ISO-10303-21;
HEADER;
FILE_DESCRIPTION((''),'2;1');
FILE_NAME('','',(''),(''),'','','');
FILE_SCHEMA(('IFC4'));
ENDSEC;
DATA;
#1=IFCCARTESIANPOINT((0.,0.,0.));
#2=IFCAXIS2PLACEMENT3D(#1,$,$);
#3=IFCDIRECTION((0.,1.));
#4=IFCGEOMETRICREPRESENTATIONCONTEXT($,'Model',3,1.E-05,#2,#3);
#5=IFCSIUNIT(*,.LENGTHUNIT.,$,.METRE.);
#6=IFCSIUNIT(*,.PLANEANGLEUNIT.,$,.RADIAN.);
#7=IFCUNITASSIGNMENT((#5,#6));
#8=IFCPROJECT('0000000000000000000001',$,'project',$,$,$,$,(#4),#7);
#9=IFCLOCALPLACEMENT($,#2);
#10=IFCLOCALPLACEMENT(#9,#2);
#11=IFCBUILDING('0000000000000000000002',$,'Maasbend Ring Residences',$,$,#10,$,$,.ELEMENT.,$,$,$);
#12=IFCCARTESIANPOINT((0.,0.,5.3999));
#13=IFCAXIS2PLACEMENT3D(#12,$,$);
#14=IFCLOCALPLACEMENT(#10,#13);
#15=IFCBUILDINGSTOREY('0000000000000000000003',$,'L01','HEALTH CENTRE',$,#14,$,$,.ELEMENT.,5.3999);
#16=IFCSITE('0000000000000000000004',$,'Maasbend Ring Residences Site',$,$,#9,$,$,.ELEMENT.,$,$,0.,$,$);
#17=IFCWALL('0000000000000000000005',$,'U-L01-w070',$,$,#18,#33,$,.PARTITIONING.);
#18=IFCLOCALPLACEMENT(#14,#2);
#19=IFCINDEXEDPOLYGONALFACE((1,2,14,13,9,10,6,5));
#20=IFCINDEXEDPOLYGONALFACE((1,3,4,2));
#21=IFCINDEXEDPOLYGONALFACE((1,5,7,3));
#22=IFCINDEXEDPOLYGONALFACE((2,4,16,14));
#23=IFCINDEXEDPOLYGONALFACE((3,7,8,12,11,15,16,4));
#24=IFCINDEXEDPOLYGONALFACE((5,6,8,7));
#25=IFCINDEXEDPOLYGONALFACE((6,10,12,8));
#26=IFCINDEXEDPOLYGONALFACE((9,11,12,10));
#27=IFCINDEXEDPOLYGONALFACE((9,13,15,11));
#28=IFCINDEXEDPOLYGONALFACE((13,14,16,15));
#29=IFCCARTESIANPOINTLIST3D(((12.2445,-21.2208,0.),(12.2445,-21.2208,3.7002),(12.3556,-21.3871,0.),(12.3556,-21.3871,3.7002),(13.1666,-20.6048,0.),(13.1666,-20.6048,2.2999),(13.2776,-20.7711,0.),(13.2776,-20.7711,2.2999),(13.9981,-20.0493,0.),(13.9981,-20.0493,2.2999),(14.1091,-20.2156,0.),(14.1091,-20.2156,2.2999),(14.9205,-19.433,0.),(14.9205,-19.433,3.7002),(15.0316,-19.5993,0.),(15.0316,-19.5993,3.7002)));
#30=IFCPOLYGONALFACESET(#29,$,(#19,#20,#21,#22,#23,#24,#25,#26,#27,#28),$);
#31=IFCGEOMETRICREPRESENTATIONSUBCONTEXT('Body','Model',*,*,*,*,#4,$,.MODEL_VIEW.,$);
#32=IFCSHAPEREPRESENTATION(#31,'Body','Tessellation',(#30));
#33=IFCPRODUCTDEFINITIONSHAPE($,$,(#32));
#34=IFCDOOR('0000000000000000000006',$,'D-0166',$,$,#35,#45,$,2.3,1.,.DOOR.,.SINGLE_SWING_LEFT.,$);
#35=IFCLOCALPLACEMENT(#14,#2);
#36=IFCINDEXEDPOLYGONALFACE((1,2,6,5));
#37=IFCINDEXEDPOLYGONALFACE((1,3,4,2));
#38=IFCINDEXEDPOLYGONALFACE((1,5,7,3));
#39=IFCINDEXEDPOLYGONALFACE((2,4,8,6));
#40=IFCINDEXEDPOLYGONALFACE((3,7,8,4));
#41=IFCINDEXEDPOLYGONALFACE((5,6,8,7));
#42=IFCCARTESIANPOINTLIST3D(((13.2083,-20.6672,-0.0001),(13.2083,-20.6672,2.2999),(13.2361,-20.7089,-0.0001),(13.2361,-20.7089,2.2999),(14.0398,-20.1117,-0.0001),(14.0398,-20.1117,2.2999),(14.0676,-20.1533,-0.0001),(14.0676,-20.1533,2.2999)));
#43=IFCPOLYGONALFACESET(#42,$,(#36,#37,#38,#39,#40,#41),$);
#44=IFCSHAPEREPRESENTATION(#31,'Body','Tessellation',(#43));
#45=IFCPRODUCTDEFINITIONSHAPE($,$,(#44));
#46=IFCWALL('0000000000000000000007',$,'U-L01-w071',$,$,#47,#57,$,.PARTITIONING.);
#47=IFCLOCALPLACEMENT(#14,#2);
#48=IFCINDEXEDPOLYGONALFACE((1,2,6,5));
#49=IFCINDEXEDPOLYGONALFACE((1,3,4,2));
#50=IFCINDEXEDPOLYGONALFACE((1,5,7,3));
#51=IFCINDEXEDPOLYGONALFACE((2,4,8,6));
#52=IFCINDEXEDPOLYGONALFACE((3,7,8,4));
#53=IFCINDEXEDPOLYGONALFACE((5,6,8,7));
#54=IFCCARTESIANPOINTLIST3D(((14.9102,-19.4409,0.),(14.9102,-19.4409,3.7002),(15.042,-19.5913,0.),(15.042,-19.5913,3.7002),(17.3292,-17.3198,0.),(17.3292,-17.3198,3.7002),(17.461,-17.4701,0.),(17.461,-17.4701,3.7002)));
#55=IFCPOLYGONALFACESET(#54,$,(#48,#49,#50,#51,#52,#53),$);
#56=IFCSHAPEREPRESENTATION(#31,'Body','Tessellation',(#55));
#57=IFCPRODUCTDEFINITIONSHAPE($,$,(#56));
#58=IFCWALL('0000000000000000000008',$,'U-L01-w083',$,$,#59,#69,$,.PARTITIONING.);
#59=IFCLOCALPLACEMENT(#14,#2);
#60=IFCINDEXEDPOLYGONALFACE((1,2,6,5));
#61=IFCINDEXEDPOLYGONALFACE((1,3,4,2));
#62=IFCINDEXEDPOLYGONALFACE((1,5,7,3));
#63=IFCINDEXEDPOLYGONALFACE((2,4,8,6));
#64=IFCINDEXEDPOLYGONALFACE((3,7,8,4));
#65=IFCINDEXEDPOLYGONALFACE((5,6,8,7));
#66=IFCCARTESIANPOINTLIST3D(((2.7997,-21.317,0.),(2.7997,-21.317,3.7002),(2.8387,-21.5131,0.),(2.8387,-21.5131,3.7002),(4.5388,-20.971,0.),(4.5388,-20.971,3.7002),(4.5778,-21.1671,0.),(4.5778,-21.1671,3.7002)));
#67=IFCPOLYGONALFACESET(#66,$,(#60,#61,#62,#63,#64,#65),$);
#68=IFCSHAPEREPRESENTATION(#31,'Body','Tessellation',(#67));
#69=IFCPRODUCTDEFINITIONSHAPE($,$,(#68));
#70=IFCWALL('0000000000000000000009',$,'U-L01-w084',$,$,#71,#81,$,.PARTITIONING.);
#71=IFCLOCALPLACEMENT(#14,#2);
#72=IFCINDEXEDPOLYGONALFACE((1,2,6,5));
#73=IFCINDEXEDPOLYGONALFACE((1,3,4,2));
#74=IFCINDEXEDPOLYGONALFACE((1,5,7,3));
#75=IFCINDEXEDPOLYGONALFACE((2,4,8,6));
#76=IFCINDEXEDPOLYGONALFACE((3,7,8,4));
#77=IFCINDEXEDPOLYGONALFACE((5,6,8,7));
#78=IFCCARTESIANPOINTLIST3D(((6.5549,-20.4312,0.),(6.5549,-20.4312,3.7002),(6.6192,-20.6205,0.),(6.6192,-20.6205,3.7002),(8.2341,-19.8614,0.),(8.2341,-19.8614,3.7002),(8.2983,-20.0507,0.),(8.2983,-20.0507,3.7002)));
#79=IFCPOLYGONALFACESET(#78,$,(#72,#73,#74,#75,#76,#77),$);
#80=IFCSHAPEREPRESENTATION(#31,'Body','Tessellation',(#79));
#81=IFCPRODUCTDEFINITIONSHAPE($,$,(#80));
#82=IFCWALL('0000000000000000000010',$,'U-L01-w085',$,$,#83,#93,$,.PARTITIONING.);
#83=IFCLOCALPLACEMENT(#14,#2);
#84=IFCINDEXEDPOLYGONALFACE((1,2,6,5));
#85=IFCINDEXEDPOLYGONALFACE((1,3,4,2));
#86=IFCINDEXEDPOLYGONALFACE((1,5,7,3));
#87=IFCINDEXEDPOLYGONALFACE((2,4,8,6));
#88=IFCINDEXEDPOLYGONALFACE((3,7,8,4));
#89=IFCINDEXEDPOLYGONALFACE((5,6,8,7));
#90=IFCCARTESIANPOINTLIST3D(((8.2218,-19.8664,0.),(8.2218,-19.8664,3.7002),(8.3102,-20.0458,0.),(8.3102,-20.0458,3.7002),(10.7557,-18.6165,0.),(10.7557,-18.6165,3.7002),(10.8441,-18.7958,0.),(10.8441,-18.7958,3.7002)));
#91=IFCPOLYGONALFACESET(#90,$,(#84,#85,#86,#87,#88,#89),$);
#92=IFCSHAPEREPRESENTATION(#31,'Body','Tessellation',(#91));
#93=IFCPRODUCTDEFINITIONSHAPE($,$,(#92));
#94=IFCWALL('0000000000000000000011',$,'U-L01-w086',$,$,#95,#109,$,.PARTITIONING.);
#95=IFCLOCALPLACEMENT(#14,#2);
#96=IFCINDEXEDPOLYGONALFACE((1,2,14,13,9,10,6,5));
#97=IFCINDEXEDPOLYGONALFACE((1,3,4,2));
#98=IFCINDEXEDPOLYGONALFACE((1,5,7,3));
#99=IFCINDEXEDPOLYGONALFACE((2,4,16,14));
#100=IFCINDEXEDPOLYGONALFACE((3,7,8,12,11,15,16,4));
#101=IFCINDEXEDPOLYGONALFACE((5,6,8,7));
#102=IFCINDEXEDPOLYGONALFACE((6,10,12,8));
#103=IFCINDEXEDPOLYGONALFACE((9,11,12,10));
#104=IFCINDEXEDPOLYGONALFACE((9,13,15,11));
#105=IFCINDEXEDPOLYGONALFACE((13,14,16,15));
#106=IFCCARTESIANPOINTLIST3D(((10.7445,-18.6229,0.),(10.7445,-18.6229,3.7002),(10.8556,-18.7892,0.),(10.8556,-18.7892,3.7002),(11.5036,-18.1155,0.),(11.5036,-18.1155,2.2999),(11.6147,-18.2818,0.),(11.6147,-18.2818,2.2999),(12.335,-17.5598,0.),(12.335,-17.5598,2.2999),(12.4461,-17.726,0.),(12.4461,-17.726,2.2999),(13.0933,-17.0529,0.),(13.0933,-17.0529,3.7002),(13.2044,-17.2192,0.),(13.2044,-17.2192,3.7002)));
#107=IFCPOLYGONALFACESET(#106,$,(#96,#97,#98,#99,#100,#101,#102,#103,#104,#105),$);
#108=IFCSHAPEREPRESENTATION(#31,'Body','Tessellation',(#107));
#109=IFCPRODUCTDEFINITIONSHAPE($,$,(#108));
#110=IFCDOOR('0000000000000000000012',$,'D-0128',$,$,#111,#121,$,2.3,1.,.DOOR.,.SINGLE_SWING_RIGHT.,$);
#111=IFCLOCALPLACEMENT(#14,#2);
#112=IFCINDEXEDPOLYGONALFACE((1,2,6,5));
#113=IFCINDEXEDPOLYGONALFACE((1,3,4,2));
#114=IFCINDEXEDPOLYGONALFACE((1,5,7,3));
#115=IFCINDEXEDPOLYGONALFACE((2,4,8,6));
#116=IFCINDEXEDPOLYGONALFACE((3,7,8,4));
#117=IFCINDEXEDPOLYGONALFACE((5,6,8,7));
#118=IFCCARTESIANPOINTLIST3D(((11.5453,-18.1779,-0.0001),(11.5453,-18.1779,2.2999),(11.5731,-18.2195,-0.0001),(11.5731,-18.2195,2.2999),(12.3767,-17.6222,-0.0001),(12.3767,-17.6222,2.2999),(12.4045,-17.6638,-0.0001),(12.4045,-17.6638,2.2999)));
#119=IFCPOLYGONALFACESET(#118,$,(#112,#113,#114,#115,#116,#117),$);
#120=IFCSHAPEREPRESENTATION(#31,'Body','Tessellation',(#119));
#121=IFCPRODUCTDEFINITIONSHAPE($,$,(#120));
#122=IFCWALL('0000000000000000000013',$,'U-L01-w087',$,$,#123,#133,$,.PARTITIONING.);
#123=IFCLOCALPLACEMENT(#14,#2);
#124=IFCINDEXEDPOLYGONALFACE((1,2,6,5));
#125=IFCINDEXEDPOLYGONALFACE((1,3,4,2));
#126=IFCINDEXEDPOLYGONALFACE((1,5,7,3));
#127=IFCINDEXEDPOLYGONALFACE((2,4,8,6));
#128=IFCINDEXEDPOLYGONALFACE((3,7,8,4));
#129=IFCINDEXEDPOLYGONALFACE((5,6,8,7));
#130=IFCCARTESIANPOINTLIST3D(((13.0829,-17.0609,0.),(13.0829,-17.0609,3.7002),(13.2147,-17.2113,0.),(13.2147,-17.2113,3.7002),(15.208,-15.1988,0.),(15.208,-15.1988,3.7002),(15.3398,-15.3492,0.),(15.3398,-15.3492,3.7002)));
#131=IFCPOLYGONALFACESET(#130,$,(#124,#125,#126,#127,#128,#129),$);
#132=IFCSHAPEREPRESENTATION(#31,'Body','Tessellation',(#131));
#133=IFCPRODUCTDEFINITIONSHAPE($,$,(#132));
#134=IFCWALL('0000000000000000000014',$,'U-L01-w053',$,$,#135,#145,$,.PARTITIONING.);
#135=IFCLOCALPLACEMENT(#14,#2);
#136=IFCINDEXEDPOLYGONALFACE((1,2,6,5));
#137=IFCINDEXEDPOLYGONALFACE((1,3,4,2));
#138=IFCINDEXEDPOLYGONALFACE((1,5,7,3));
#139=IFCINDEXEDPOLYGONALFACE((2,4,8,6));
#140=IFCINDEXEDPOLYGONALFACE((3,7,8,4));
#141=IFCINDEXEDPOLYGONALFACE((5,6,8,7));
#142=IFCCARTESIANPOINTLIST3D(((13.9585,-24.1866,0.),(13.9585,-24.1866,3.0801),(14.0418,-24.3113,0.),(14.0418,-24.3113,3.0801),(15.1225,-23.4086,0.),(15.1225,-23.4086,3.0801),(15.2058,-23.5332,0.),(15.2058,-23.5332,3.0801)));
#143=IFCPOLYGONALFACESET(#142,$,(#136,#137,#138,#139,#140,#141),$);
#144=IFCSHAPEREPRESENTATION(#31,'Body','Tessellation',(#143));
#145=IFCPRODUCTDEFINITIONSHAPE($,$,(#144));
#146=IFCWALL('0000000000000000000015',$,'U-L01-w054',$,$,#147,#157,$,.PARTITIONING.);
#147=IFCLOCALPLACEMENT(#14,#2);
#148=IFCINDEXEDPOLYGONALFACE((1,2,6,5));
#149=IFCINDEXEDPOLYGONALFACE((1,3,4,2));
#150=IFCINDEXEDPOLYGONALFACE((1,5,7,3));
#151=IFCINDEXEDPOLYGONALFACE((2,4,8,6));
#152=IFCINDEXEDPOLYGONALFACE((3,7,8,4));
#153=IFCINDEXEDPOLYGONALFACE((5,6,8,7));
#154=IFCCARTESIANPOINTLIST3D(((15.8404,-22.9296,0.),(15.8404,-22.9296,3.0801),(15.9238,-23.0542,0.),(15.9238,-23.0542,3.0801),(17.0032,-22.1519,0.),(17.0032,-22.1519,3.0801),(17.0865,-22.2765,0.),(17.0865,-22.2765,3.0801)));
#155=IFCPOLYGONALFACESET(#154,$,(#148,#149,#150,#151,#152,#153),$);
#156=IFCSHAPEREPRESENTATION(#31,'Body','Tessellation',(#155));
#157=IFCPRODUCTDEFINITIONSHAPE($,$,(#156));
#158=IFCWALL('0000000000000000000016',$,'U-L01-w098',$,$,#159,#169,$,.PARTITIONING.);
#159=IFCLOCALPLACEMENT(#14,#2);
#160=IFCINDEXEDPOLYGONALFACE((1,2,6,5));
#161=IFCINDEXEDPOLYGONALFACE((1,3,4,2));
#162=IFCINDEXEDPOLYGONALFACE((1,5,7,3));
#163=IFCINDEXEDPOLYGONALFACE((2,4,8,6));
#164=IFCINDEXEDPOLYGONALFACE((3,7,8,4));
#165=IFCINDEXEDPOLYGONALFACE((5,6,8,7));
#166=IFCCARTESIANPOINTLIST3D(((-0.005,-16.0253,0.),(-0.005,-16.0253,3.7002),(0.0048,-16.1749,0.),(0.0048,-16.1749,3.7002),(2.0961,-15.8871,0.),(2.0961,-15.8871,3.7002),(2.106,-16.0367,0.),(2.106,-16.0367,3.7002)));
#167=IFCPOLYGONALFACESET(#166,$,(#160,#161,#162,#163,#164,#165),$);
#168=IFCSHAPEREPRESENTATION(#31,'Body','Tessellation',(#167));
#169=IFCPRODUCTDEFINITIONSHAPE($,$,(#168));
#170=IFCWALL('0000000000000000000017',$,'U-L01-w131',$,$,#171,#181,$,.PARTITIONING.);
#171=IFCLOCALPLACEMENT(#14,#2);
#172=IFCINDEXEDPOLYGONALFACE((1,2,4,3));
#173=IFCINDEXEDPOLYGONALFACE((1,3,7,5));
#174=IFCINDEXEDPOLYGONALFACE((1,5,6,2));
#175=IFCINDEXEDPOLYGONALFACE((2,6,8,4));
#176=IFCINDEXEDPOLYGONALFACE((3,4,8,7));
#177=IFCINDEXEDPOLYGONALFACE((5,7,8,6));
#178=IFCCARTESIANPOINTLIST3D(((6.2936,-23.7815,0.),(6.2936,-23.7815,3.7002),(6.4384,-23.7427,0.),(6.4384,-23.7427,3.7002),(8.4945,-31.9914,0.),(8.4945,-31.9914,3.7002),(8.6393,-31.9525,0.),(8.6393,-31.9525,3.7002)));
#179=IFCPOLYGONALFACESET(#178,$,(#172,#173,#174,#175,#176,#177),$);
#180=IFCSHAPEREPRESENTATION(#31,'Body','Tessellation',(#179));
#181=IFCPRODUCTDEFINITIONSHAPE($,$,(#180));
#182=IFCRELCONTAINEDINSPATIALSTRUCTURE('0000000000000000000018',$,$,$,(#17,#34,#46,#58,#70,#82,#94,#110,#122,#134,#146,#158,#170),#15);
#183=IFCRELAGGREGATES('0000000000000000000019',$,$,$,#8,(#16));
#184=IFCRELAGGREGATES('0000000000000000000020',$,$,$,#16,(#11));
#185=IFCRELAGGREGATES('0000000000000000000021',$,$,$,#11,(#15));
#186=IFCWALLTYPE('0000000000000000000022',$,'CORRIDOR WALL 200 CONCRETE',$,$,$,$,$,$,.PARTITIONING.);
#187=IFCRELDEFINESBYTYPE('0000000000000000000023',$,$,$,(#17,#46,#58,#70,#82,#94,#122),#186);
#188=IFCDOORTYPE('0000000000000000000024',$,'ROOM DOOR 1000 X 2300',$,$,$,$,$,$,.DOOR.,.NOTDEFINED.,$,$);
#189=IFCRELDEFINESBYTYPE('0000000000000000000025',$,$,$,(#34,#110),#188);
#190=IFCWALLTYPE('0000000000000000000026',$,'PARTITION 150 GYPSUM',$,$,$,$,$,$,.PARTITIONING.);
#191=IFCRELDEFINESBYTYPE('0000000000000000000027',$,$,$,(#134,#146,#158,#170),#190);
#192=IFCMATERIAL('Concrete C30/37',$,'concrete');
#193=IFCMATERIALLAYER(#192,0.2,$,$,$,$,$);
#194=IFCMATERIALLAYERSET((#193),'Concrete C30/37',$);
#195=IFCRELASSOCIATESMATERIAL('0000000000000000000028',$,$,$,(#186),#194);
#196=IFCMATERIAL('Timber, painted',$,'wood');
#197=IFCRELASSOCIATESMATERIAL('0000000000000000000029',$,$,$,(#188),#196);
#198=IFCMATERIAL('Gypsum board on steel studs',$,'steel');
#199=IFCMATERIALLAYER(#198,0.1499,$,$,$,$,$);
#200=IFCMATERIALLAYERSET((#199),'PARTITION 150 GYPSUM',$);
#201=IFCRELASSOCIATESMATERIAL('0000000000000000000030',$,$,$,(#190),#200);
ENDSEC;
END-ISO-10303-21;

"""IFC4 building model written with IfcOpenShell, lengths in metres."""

from ifc_helpers import new_model, si_unit, direction, frame, frame_2d, origin, place, context, subcontext, project, spatial, rectangle, extrude, material, layer, layer_set, type_object, element, fill, save


model = new_model("IFC4")

# Units and contexts
model_context = context("Model", 3, precision=1e-05, world=origin(), true_north=direction((0.0, 1.0)))
body_context = subcontext(model_context, "Body", "Model", "MODEL_VIEW")
ifc_project = project(units=[si_unit("LENGTHUNIT", "METRE"), si_unit("PLANEANGLEUNIT", "RADIAN")], contexts=[model_context])

# Site, building, storey
site_placement = place(None, origin())
site = spatial("IfcSite", under=ifc_project, at=site_placement, Name="Maasbend Ring Residences Site", CompositionType="ELEMENT", RefElevation=0.0)
building_placement = place(site_placement, origin())
building = spatial("IfcBuilding", under=site, at=building_placement, Name="Maasbend Ring Residences", CompositionType="ELEMENT")
storey_placement = place(building_placement, frame((0.0, 0.0, 5.3999)))
storey = spatial("IfcBuildingStorey", under=building, at=storey_placement, Name="L01", Description="HEALTH CENTRE", CompositionType="ELEMENT", Elevation=5.3999)

# Shared definitions
ifc_material_1 = material(Name="Concrete C30/37", Category="concrete")
ifc_layer_1 = layer(ifc_material_1, 0.2)
ifc_layer_set_1 = layer_set([ifc_layer_1], Name="Concrete C30/37")
wall_type_1 = type_object("IfcWallType", Name="CORRIDOR WALL 200 CONCRETE", PredefinedType="PARTITIONING", material=ifc_layer_set_1)
ifc_material_2 = material(Name="Timber, painted", Category="wood")
door_type = type_object("IfcDoorType", Name="ROOM DOOR 1000 X 2300", OperationType="NOTDEFINED", PredefinedType="DOOR", material=ifc_material_2)

# Wall, opening, door
wall_1_placement = place(storey_placement, frame((12.3, -21.304, 0.0), z_axis=(0.0, 0.0, 1.0), x_axis=(0.831501, 0.555523, 0.0)))
wall_1 = element("IfcWall", 1, at=wall_1_placement, inside=storey, type_object=wall_type_1, Name="U-L01-w070", PredefinedType="PARTITIONING", context=body_context, shape_type="SweptSolid", body=[
    extrude(rectangle(XDim=3.2183, YDim=0.2, at=frame_2d((1.6091, 0.0))), origin(), (0.0, 0.0, 1.0), 3.7002),
])
opening_1_placement = place(wall_1_placement, frame((1.1089, 0.0, 0.0)))
opening_1 = element("IfcOpeningElement", 2, at=opening_1_placement, cuts=wall_1, PredefinedType="OPENING", context=body_context, shape_type="SweptSolid", body=[
    extrude(rectangle(XDim=1.0, YDim=2.3, at=frame_2d((0.5, 1.1499))), frame((0.0, 0.1099, 0.0), z_axis=(0.0, -1.0, 0.0), x_axis=(1.0, 0.0, 0.0)), (0.0, 0.0, 1.0), 0.22),
])
door_1_placement = place(opening_1_placement, origin())
door_1 = element("IfcDoor", 3, at=door_1_placement, inside=storey, type_object=door_type, Name="D-0166", OperationType="SINGLE_SWING_LEFT", OverallHeight=2.3, OverallWidth=1.0, PredefinedType="DOOR", context=body_context, shape_type="SweptSolid", body=[
    extrude(rectangle(XDim=1.0, YDim=2.3, at=frame_2d((0.5, 1.1499))), frame((0.0, 0.0249, 0.0), z_axis=(0.0, -1.0, 0.0), x_axis=(1.0, 0.0, 0.0)), (0.0, 0.0, 1.0), 0.05),
])
fill(opening_1, door_1)

# Walls
wall_2_placement = place(storey_placement, frame((14.9761, -19.5161, 0.0), z_axis=(0.0, 0.0, 1.0), x_axis=(0.751881, 0.659299, 0.0)))
element("IfcWall", 4, at=wall_2_placement, inside=storey, type_object=wall_type_1, Name="U-L01-w071", PredefinedType="PARTITIONING", context=body_context, shape_type="SweptSolid", body=[
    extrude(rectangle(XDim=3.2173, YDim=0.2, at=frame_2d((1.6086, 0.0))), origin(), (0.0, 0.0, 1.0), 3.7002),
])
for number, where, z_axis, x_axis, name in (
    (5, (2.8191, -21.415, 0.0), (0.0, 0.0, 1.0), (0.980781, 0.19511, 0.0), "U-L01-w083"),
    (6, (6.5869, -20.5259, 0.0), (0.0, 0.0, 1.0), (0.946962, 0.321345, 0.0), "U-L01-w084"),
):
    element("IfcWall", number, at=place(storey_placement, frame(where, z_axis=z_axis, x_axis=x_axis)), inside=storey, type_object=wall_type_1, Name=name, PredefinedType="PARTITIONING", context=body_context, shape_type="SweptSolid", body=[
        extrude(rectangle(XDim=1.7732, YDim=0.2, at=frame_2d((0.8867, 0.0))), origin(), (0.0, 0.0, 1.0), 3.7002),
    ])
wall_3_placement = place(storey_placement, frame((8.2661, -19.9561, 0.0), z_axis=(0.0, 0.0, 1.0), x_axis=(0.896816, 0.442403, 0.0)))
element("IfcWall", 7, at=wall_3_placement, inside=storey, type_object=wall_type_1, Name="U-L01-w085", PredefinedType="PARTITIONING", context=body_context, shape_type="SweptSolid", body=[
    extrude(rectangle(XDim=2.8254, YDim=0.2, at=frame_2d((1.4126, 0.0))), origin(), (0.0, 0.0, 1.0), 3.7002),
])

# Wall, opening, door
wall_4_placement = place(storey_placement, frame((10.8, -18.7061, 0.0), z_axis=(0.0, 0.0, 1.0), x_axis=(0.831372, 0.555717, 0.0)))
wall_4 = element("IfcWall", 8, at=wall_4_placement, inside=storey, type_object=wall_type_1, Name="U-L01-w086", PredefinedType="PARTITIONING", context=body_context, shape_type="SweptSolid", body=[
    extrude(rectangle(XDim=2.8252, YDim=0.2, at=frame_2d((1.4126, 0.0))), origin(), (0.0, 0.0, 1.0), 3.7002),
])
opening_2_placement = place(wall_4_placement, frame((0.9131, 0.0, 0.0)))
opening_2 = element("IfcOpeningElement", 9, at=opening_2_placement, cuts=wall_4, PredefinedType="OPENING", context=body_context, shape_type="SweptSolid", body=[
    extrude(rectangle(XDim=1.0, YDim=2.3, at=frame_2d((0.5, 1.1499))), frame((0.0, 0.1099, 0.0), z_axis=(0.0, -1.0, 0.0), x_axis=(1.0, 0.0, 0.0)), (0.0, 0.0, 1.0), 0.22),
])
door_2_placement = place(opening_2_placement, origin())
door_2 = element("IfcDoor", 10, at=door_2_placement, inside=storey, type_object=door_type, Name="D-0128", OperationType="SINGLE_SWING_RIGHT", OverallHeight=2.3, OverallWidth=1.0, PredefinedType="DOOR", context=body_context, shape_type="SweptSolid", body=[
    extrude(rectangle(XDim=1.0, YDim=2.3, at=frame_2d((0.5, 1.1499))), frame((0.0, 0.0249, 0.0), z_axis=(0.0, -1.0, 0.0), x_axis=(1.0, 0.0, 0.0)), (0.0, 0.0, 1.0), 0.05),
])
fill(opening_2, door_2)

# Walls
wall_5_placement = place(storey_placement, frame((13.1489, -17.136, 0.0), z_axis=(0.0, 0.0, 1.0), x_axis=(0.752105, 0.659043, 0.0)))
element("IfcWall", 11, at=wall_5_placement, inside=storey, type_object=wall_type_1, Name="U-L01-w087", PredefinedType="PARTITIONING", context=body_context, shape_type="SweptSolid", body=[
    extrude(rectangle(XDim=2.8254, YDim=0.2, at=frame_2d((1.4126, 0.0))), origin(), (0.0, 0.0, 1.0), 3.7002),
])
ifc_material_3 = material(Name="Gypsum board on steel studs", Category="steel")
ifc_layer_2 = layer(ifc_material_3, 0.1499)
ifc_layer_set_2 = layer_set([ifc_layer_2], Name="PARTITION 150 GYPSUM")
wall_type_2 = type_object("IfcWallType", Name="PARTITION 150 GYPSUM", PredefinedType="PARTITIONING", material=ifc_layer_set_2)
wall_6_placement = place(storey_placement, frame((14.0, -24.249, 0.0), z_axis=(0.0, 0.0, 1.0), x_axis=(0.831379, 0.555706, 0.0)))
element("IfcWall", 12, at=wall_6_placement, inside=storey, type_object=wall_type_2, Name="U-L01-w053", PredefinedType="PARTITIONING", context=body_context, shape_type="SweptSolid", body=[
    extrude(rectangle(XDim=1.4001, YDim=0.1499, at=frame_2d((0.7002, 0.0))), origin(), (0.0, 0.0, 1.0), 3.0801),
])
wall_7_placement = place(storey_placement, frame((15.8821, -22.9919, 0.0), z_axis=(0.0, 0.0, 1.0), x_axis=(0.83119, 0.555988, 0.0)))
element("IfcWall", 13, at=wall_7_placement, inside=storey, type_object=wall_type_2, Name="U-L01-w054", PredefinedType="PARTITIONING", context=body_context, shape_type="SweptSolid", body=[
    extrude(rectangle(XDim=1.3989, YDim=0.1499, at=frame_2d((0.6995, 0.0))), origin(), (0.0, 0.0, 1.0), 3.0801),
])
wall_8_placement = place(storey_placement, frame((0.0, -16.1001, 0.0), z_axis=(0.0, 0.0, 1.0), x_axis=(0.997844, 0.065626, 0.0)))
element("IfcWall", 14, at=wall_8_placement, inside=storey, type_object=wall_type_2, Name="U-L01-w098", PredefinedType="PARTITIONING", context=body_context, shape_type="SweptSolid", body=[
    extrude(rectangle(XDim=2.1057, YDim=0.1499, at=frame_2d((1.0527, 0.0))), origin(), (0.0, 0.0, 1.0), 3.7002),
])
wall_9_placement = place(storey_placement, frame((6.366, -23.762, 0.0), z_axis=(0.0, 0.0, 1.0), x_axis=(0.258937, -0.965894, 0.0)))
element("IfcWall", 15, at=wall_9_placement, inside=storey, type_object=wall_type_2, Name="U-L01-w131", PredefinedType="PARTITIONING", context=body_context, shape_type="SweptSolid", body=[
    extrude(rectangle(XDim=8.4998, YDim=0.1499, at=frame_2d((4.25, 0.0))), origin(), (0.0, 0.0, 1.0), 3.7002),
])

save(model, "model.ifc")
